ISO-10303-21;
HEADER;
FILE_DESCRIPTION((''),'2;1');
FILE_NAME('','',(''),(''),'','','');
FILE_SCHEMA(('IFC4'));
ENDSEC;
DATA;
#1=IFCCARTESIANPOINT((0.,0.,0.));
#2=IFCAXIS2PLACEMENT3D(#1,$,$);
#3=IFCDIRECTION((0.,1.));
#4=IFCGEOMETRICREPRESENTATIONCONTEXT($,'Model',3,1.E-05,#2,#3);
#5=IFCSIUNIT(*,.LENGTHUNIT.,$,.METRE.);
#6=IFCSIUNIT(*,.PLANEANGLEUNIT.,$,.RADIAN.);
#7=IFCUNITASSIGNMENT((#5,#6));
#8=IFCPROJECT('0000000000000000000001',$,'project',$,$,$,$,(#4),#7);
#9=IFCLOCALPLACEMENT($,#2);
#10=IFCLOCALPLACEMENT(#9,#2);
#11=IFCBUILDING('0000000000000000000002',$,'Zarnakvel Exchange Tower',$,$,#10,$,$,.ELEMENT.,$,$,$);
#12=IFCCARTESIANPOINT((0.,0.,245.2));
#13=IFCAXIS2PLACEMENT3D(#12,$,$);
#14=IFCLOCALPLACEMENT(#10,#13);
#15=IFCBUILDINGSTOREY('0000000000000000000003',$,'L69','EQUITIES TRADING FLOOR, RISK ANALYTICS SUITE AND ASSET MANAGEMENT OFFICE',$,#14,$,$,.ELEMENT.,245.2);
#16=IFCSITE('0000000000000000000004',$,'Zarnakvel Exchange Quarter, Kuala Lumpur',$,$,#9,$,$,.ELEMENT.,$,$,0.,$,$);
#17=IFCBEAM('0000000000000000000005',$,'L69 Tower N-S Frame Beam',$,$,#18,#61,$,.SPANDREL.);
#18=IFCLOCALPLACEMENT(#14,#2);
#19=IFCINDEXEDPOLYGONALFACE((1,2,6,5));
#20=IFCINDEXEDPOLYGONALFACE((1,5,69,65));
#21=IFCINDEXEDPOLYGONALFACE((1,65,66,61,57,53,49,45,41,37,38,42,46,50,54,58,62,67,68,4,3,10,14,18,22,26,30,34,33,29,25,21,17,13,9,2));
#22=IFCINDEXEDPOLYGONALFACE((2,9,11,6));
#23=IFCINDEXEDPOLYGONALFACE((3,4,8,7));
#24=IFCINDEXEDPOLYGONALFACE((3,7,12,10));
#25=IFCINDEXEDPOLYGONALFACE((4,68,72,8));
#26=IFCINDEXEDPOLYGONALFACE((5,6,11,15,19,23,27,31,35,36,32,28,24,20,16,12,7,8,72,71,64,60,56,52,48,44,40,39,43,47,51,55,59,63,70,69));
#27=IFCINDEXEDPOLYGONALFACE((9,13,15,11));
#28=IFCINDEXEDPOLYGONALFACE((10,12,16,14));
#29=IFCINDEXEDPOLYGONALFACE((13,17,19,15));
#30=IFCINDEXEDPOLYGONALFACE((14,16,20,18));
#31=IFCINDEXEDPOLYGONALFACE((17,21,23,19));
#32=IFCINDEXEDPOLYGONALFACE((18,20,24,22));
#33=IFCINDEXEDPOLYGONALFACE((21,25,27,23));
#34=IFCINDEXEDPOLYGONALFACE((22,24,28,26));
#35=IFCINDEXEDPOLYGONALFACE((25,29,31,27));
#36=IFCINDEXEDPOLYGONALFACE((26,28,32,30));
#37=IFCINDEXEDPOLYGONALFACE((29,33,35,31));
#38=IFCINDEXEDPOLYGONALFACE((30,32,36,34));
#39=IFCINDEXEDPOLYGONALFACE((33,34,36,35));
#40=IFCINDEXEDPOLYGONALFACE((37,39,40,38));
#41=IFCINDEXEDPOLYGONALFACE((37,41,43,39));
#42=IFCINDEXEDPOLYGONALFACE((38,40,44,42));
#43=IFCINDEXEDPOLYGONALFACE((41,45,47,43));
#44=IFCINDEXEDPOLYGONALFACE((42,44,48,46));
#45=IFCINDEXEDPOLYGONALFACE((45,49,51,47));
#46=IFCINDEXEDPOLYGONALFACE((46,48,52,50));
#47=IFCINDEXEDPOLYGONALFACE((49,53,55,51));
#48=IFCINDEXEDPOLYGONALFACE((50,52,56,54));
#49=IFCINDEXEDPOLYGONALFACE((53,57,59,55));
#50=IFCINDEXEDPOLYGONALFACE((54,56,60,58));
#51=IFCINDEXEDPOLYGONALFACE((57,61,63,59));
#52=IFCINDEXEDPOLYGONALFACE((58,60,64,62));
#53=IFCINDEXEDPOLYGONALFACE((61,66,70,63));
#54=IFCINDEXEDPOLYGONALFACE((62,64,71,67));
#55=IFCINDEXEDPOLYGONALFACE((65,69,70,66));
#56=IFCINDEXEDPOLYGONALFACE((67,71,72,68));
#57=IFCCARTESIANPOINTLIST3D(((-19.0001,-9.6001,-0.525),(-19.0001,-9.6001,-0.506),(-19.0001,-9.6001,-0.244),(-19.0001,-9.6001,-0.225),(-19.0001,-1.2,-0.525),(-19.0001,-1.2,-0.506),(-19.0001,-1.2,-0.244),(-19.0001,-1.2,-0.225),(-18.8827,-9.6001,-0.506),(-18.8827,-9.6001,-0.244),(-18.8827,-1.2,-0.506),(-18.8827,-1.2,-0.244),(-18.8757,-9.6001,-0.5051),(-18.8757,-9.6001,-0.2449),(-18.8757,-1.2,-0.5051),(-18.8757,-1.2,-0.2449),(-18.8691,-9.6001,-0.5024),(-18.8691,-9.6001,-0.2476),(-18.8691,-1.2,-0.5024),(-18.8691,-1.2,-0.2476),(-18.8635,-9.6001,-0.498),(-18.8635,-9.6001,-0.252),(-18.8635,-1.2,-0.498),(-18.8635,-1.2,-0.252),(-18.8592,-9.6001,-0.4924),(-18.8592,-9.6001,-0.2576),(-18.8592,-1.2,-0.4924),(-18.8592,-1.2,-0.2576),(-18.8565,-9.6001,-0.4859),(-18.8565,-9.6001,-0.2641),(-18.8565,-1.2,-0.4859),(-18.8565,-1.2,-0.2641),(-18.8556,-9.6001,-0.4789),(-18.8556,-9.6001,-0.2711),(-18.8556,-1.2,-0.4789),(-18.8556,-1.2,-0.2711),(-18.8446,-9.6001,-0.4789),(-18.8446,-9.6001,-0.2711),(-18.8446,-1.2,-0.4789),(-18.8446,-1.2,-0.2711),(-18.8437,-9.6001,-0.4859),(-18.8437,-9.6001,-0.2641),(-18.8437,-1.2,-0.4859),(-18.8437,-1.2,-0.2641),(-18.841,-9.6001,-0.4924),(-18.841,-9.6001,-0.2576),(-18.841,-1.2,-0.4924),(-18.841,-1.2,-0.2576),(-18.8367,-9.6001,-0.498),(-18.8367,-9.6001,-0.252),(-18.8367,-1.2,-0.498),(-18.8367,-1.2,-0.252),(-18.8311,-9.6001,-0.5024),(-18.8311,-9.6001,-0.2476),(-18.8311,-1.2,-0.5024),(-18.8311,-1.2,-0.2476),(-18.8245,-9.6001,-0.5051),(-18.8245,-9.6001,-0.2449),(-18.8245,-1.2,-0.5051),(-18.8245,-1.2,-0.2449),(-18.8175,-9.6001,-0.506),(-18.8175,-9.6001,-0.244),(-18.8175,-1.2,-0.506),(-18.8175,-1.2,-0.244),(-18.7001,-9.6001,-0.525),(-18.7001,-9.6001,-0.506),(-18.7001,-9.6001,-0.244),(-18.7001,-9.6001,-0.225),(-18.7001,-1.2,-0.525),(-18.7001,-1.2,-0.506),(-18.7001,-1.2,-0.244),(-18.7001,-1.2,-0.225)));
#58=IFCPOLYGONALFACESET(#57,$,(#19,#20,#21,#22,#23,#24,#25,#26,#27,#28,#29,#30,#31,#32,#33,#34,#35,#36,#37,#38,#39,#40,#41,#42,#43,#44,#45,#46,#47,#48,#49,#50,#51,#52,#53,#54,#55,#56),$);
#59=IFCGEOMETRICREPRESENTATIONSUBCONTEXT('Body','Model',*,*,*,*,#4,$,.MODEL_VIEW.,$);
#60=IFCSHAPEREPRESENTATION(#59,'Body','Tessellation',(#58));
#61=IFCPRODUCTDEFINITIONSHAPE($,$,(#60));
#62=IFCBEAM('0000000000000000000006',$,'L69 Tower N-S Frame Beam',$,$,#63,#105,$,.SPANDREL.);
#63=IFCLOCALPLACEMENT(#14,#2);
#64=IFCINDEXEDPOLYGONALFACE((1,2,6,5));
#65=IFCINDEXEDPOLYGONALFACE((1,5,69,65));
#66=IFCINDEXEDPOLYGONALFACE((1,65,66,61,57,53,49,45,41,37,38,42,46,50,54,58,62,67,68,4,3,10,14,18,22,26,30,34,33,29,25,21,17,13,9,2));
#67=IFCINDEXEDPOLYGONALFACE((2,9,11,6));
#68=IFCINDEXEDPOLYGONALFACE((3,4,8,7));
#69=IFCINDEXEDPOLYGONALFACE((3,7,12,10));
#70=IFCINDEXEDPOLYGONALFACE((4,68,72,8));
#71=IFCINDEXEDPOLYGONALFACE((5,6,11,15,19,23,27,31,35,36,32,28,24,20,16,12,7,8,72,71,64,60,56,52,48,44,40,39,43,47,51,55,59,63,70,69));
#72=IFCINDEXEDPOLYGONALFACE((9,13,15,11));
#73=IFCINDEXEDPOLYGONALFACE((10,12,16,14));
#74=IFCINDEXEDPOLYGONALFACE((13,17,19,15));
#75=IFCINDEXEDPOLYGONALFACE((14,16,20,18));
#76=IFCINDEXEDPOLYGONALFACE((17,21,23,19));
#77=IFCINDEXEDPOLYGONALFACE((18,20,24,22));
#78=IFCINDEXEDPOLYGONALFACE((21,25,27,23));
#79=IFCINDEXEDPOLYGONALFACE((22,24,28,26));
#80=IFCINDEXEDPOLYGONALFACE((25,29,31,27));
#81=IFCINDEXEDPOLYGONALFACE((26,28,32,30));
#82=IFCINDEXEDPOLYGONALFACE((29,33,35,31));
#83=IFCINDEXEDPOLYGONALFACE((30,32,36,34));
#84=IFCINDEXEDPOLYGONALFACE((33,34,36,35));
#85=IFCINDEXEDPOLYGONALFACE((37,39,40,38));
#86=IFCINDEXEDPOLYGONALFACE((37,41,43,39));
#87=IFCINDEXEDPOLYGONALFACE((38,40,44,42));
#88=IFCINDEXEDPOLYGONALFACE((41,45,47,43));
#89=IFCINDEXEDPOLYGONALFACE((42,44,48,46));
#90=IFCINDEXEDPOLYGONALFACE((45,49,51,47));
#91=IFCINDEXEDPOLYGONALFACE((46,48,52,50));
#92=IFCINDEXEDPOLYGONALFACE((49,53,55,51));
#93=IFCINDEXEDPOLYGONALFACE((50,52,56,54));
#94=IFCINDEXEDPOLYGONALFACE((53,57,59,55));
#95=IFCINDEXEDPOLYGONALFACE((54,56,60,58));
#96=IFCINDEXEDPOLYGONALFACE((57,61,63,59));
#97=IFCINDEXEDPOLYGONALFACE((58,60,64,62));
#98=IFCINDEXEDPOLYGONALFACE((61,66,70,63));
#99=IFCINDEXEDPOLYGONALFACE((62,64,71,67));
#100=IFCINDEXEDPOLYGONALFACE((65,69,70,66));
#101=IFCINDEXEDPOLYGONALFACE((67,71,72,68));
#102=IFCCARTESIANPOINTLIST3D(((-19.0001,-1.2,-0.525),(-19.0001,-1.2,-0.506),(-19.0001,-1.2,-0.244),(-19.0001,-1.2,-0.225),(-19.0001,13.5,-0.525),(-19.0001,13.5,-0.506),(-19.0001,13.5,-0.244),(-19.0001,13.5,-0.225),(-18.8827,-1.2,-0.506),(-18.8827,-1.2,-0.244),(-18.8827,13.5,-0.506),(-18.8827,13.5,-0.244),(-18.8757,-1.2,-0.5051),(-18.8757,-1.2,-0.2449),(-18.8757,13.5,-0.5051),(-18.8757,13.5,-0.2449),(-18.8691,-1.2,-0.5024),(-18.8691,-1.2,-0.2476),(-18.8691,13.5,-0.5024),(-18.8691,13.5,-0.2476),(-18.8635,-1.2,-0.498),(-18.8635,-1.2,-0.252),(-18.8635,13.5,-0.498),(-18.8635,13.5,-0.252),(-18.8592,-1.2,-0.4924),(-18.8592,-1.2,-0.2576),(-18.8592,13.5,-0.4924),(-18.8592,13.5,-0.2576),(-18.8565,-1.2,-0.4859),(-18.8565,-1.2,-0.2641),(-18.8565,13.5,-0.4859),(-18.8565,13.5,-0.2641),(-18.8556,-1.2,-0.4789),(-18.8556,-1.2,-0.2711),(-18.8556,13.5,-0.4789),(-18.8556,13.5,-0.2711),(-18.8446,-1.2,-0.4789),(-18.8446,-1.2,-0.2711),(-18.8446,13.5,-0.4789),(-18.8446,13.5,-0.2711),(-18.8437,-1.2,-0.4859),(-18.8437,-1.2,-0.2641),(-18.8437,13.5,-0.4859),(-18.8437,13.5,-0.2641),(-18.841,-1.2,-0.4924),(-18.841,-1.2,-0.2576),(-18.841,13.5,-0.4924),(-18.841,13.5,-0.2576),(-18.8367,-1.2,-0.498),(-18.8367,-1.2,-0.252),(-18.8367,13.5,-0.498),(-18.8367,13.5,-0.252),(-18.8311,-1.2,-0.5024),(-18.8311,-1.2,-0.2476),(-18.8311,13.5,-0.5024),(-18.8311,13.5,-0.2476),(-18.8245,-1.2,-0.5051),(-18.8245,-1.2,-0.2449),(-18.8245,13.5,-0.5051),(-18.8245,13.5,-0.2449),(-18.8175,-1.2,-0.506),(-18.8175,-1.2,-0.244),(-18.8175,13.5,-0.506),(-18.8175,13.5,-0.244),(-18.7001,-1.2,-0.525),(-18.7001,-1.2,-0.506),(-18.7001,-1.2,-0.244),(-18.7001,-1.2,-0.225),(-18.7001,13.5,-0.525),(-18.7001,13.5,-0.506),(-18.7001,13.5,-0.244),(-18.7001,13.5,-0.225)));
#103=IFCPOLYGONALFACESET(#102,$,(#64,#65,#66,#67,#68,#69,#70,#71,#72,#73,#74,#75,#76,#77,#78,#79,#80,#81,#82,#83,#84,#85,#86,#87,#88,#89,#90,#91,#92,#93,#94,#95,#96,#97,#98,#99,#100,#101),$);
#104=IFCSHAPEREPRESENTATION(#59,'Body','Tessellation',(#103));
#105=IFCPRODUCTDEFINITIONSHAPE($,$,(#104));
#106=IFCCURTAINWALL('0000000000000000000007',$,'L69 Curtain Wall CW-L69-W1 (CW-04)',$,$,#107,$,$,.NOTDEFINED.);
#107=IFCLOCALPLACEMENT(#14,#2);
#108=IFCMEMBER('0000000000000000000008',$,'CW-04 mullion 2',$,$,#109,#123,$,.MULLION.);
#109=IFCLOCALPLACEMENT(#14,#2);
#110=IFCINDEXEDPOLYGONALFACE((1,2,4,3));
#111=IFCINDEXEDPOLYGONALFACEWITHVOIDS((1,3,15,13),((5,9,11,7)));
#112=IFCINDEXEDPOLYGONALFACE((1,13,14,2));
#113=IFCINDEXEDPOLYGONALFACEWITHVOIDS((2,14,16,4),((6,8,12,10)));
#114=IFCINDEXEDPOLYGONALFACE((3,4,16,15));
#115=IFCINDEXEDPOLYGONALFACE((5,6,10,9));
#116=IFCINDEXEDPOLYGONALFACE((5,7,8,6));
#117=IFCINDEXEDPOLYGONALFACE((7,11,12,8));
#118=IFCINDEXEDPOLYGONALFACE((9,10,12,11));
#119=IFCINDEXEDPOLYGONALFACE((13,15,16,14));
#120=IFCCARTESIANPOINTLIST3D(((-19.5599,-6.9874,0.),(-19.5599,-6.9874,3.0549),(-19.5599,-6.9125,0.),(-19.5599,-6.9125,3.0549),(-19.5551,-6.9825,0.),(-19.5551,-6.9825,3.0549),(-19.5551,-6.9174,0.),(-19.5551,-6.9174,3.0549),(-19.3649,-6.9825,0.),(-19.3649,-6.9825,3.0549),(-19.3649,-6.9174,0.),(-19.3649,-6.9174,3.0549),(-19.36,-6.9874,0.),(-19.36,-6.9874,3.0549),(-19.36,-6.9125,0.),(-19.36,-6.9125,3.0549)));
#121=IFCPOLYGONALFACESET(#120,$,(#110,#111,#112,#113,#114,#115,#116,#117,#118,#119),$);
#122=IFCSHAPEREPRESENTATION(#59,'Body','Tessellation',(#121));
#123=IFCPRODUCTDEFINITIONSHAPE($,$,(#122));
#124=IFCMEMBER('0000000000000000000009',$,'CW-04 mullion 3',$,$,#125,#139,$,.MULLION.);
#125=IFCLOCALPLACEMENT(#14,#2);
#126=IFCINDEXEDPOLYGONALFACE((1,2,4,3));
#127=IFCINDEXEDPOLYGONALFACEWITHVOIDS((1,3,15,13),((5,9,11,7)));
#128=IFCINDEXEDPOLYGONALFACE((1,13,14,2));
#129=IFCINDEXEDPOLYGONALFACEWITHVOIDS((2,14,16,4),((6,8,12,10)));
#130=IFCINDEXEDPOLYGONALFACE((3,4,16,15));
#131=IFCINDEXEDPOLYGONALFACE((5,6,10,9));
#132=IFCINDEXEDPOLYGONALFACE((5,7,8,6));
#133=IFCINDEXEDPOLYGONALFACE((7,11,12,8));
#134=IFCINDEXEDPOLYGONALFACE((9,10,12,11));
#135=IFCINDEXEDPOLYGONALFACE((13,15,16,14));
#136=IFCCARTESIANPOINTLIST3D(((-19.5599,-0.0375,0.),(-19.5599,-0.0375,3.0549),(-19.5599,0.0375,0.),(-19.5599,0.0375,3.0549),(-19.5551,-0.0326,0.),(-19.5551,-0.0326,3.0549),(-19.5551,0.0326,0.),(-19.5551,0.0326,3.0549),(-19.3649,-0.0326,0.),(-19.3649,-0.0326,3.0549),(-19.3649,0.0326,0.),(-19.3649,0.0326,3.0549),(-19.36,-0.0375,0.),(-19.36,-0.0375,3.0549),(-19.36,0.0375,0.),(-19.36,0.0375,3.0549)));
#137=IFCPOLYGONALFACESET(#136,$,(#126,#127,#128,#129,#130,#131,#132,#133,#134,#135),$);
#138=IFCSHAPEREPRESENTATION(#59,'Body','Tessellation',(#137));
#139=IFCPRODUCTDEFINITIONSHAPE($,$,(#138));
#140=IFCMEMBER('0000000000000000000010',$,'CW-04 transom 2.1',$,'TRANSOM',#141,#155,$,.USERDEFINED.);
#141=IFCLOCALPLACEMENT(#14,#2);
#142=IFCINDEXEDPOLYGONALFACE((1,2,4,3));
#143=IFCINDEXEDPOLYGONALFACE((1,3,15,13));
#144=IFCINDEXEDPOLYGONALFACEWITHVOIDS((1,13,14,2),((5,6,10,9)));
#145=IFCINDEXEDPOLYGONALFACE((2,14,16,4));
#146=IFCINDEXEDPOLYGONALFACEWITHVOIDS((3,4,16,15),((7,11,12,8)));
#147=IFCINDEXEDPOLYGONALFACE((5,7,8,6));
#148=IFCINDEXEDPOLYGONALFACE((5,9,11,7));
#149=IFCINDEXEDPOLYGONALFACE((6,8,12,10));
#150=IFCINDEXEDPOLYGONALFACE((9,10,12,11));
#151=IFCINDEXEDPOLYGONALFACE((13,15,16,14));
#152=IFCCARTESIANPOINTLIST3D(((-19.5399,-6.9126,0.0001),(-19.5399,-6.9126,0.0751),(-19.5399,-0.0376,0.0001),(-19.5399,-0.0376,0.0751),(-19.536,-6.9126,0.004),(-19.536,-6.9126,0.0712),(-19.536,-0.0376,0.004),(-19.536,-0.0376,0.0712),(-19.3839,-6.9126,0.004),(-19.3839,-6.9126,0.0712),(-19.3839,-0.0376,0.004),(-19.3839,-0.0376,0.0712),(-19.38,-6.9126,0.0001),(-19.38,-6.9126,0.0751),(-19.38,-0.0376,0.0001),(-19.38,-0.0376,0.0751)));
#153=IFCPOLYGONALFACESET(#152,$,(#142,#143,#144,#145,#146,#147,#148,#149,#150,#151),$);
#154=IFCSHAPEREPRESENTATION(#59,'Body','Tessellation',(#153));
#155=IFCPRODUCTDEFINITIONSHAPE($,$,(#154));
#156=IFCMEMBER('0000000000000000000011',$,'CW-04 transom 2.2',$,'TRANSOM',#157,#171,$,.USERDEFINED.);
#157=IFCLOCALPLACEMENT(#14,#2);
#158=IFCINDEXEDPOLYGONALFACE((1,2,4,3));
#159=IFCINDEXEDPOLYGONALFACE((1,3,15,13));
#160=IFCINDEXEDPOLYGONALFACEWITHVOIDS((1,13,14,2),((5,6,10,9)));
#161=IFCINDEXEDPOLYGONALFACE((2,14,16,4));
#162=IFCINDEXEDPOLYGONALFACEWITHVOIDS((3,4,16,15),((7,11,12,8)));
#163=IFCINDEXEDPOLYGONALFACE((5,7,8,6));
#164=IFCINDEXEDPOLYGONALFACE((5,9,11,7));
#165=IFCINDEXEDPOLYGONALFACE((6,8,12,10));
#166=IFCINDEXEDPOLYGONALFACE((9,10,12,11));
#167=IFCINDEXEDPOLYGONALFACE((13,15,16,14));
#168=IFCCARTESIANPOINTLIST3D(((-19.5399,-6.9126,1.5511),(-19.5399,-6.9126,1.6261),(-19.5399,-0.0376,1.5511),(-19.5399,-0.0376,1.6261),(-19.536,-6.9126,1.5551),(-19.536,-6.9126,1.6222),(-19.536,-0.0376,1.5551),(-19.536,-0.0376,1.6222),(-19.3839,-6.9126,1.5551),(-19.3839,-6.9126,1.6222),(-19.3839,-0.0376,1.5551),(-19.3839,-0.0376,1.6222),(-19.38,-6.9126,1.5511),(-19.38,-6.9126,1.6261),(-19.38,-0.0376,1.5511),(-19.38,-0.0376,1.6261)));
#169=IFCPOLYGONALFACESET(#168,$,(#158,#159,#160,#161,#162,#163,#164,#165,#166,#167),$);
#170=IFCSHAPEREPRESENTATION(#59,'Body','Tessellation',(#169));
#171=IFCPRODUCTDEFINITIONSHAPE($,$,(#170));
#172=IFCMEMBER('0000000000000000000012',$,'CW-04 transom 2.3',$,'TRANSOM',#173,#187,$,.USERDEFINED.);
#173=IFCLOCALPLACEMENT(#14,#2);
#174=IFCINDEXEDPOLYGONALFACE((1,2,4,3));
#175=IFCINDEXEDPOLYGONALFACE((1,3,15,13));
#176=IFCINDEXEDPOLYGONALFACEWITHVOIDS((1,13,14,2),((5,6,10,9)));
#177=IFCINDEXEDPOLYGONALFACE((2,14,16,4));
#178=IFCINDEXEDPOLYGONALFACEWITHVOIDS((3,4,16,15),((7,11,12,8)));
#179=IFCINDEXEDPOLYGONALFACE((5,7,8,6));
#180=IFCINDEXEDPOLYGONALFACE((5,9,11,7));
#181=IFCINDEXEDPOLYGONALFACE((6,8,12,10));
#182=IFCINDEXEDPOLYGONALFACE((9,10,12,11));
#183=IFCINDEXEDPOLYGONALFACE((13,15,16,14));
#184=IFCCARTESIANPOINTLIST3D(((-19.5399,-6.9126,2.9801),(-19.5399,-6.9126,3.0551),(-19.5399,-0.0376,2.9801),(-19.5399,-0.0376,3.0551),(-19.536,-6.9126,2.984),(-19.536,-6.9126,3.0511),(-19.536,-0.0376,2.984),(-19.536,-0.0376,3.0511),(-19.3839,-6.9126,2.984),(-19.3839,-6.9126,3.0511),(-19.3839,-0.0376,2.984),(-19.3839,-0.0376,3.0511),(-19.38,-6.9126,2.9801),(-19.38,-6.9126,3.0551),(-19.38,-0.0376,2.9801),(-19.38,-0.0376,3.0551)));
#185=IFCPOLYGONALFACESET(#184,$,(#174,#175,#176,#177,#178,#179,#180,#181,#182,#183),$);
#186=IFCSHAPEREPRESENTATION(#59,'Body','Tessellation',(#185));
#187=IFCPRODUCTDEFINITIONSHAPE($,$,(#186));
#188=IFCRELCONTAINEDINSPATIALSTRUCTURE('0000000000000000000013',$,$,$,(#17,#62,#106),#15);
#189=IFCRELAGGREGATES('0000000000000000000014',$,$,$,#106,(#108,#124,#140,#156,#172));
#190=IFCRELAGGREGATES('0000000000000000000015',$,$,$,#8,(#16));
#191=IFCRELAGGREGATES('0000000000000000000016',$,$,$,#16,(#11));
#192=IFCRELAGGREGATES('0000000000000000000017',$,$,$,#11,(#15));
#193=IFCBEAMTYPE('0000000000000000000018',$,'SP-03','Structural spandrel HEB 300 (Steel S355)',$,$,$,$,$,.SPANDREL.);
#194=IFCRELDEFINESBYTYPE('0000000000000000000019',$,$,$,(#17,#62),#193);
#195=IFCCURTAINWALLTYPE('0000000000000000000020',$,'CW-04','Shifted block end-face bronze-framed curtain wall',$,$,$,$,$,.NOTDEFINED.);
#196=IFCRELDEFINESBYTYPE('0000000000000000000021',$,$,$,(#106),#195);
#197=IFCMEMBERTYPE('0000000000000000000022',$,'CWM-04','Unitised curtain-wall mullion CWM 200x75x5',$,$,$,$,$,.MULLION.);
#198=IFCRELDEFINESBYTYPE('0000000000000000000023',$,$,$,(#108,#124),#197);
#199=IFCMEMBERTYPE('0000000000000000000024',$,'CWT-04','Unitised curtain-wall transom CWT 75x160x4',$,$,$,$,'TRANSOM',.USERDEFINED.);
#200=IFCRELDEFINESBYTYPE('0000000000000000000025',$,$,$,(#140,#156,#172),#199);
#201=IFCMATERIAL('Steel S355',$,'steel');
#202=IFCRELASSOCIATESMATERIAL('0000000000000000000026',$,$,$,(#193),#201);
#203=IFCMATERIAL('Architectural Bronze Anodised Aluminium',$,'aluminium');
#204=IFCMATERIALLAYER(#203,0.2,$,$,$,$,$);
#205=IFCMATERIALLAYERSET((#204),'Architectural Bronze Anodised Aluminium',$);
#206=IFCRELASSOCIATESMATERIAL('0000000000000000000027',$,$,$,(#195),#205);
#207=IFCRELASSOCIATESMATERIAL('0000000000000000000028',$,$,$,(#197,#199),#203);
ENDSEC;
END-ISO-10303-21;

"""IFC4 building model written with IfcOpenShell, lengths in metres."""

from ifc_helpers import new_model, si_unit, direction, frame, origin, origin_2d, place, context, subcontext, project, spatial, hollow_rectangle, i_section, extrude, source, transform, mapped, material, layer, layer_set, material_profile, profile_set, type_object, element, aggregate, save


model = new_model("IFC4")

# Units and contexts
model_context = context("Model", 3, precision=1e-05, world=origin(), true_north=direction((0.0, 1.0)))
body_context = subcontext(model_context, "Body", "Model", "MODEL_VIEW")
ifc_project = project(units=[si_unit("LENGTHUNIT", "METRE"), si_unit("PLANEANGLEUNIT", "RADIAN")], contexts=[model_context])

# Site, building, storey
site_placement = place(None, origin())
site = spatial("IfcSite", under=ifc_project, at=site_placement, Name="Zarnakvel Exchange Quarter, Kuala Lumpur", CompositionType="ELEMENT", RefElevation=0.0)
building_placement = place(site_placement, origin())
building = spatial("IfcBuilding", under=site, at=building_placement, Name="Zarnakvel Exchange Tower", CompositionType="ELEMENT")
storey_placement = place(building_placement, frame((0.0, 0.0, 245.2)))
storey = spatial("IfcBuildingStorey", under=building, at=storey_placement, Name="L69", Description="EQUITIES TRADING FLOOR, RISK ANALYTICS SUITE AND ASSET MANAGEMENT OFFICE", CompositionType="ELEMENT", Elevation=245.2)

# Shared definitions
ifc_material_1 = material(Name="Steel S355", Category="steel")

# Beams
ifc_material_profile_1 = material_profile(ifc_material_1, i_section(OverallWidth=0.3, OverallDepth=0.3, WebThickness=0.011, FlangeThickness=0.019, FilletRadius=0.0271, at=origin_2d()))
ifc_profile_set_1 = profile_set([ifc_material_profile_1], Name="Steel S355")
beam_type_1 = type_object("IfcBeamType", Name="SP-03", Description="Structural spandrel HEB 300 (Steel S355)", PredefinedType="SPANDREL", material=ifc_profile_set_1)
beam_1_placement = place(storey_placement, frame((-18.8501, -9.6001, -0.375), z_axis=(0.0, 1.0, 0.0), x_axis=(-1.0, 0.0, 0.0)))
element("IfcBeam", 1, at=beam_1_placement, inside=storey, type_object=beam_type_1, Name="L69 Tower N-S Frame Beam", PredefinedType="SPANDREL", context=body_context, shape_type="SweptSolid", body=[
    extrude(i_section(OverallWidth=0.3, OverallDepth=0.3, WebThickness=0.011, FlangeThickness=0.019, FilletRadius=0.0271, at=origin_2d()), origin(), (0.0, 0.0, 1.0), 8.4001),
])
beam_2_placement = place(storey_placement, frame((-18.8501, -1.2, -0.375), z_axis=(0.0, 1.0, 0.0), x_axis=(-1.0, 0.0, 0.0)))
element("IfcBeam", 2, at=beam_2_placement, inside=storey, type_object=beam_type_1, Name="L69 Tower N-S Frame Beam", PredefinedType="SPANDREL", context=body_context, shape_type="SweptSolid", body=[
    extrude(i_section(OverallWidth=0.3, OverallDepth=0.3, WebThickness=0.011, FlangeThickness=0.019, FilletRadius=0.0271, at=origin_2d()), origin(), (0.0, 0.0, 1.0), 14.7),
])

# Curtain wall, members
ifc_material_2 = material(Name="Architectural Bronze Anodised Aluminium", Category="aluminium")
ifc_layer_1 = layer(ifc_material_2, 0.2)
ifc_layer_set_1 = layer_set([ifc_layer_1], Name="Architectural Bronze Anodised Aluminium")
curtain_wall_type = type_object("IfcCurtainWallType", Name="CW-04", Description="Shifted block end-face bronze-framed curtain wall", PredefinedType="NOTDEFINED", material=ifc_layer_set_1)
curtain_wall_placement = place(storey_placement, origin())
curtain_wall = element("IfcCurtainWall", 3, at=curtain_wall_placement, inside=storey, type_object=curtain_wall_type, Name="L69 Curtain Wall CW-L69-W1 (CW-04)", PredefinedType="NOTDEFINED")
ifc_material_profile_2 = material_profile(ifc_material_2, hollow_rectangle(XDim=0.2, YDim=0.075, WallThickness=0.0049, at=origin_2d()))
ifc_profile_set_2 = profile_set([ifc_material_profile_2], Name="Architectural Bronze Anodised Aluminium")
member_type_1 = type_object("IfcMemberType", Name="CWM-04", Description="Unitised curtain-wall mullion CWM 200x75x5", PredefinedType="MULLION", material=ifc_profile_set_2)
shared_shape_1 = source(origin(), body_context, "Body", "SweptSolid", [
    extrude(hollow_rectangle(XDim=0.2, YDim=0.075, WallThickness=0.0049, at=origin_2d()), origin(), (0.0, 0.0, 1.0), 3.0549),
])
member_1_placement = place(storey_placement, frame((-19.46, -6.95, 0.0), z_axis=(0.0, 0.0, 1.0), x_axis=(-1.0, 0.0, 0.0)))
member_1 = element("IfcMember", 4, at=member_1_placement, type_object=member_type_1, Name="CW-04 mullion 2", PredefinedType="MULLION", context=body_context, shape_type="MappedRepresentation", body=[
    mapped(shared_shape_1, transform((0.0, 0.0, 0.0), x_axis=(1.0, 0.0, 0.0), y_axis=(0.0, 1.0, 0.0), z_axis=(0.0, 0.0, 1.0), scale=1.0)),
])
member_2_placement = place(storey_placement, frame((-19.46, 0.0, 0.0), z_axis=(0.0, 0.0, 1.0), x_axis=(-1.0, 0.0, 0.0)))
member_2 = element("IfcMember", 5, at=member_2_placement, type_object=member_type_1, Name="CW-04 mullion 3", PredefinedType="MULLION", context=body_context, shape_type="MappedRepresentation", body=[
    mapped(shared_shape_1, transform((0.0, 0.0, 0.0), x_axis=(1.0, 0.0, 0.0), y_axis=(0.0, 1.0, 0.0), z_axis=(0.0, 0.0, 1.0), scale=1.0)),
])
ifc_material_profile_3 = material_profile(ifc_material_2, hollow_rectangle(XDim=0.1599, YDim=0.075, WallThickness=0.0039, at=origin_2d()))
ifc_profile_set_3 = profile_set([ifc_material_profile_3], Name="Architectural Bronze Anodised Aluminium")
member_type_2 = type_object("IfcMemberType", Name="CWT-04", Description="Unitised curtain-wall transom CWT 75x160x4", ElementType="TRANSOM", PredefinedType="USERDEFINED", material=ifc_profile_set_3)
shared_shape_2 = source(origin(), body_context, "Body", "SweptSolid", [
    extrude(hollow_rectangle(XDim=0.1599, YDim=0.075, WallThickness=0.0039, at=origin_2d()), origin(), (0.0, 0.0, 1.0), 6.875),
])
member_3_placement = place(storey_placement, frame((-19.46, -6.9126, 0.0376), z_axis=(0.0, 1.0, 0.0), x_axis=(-1.0, 0.0, 0.0)))
member_3 = element("IfcMember", 6, at=member_3_placement, type_object=member_type_2, Name="CW-04 transom 2.1", ObjectType="TRANSOM", PredefinedType="USERDEFINED", context=body_context, shape_type="MappedRepresentation", body=[
    mapped(shared_shape_2, transform((0.0, 0.0, 0.0), x_axis=(1.0, 0.0, 0.0), y_axis=(0.0, 1.0, 0.0), z_axis=(0.0, 0.0, 1.0), scale=1.0)),
])
member_4_placement = place(storey_placement, frame((-19.46, -6.9126, 1.5886), z_axis=(0.0, 1.0, 0.0), x_axis=(-1.0, 0.0, 0.0)))
member_4 = element("IfcMember", 7, at=member_4_placement, type_object=member_type_2, Name="CW-04 transom 2.2", ObjectType="TRANSOM", PredefinedType="USERDEFINED", context=body_context, shape_type="MappedRepresentation", body=[
    mapped(shared_shape_2, transform((0.0, 0.0, 0.0), x_axis=(1.0, 0.0, 0.0), y_axis=(0.0, 1.0, 0.0), z_axis=(0.0, 0.0, 1.0), scale=1.0)),
])
member_5_placement = place(storey_placement, frame((-19.46, -6.9126, 3.0176), z_axis=(0.0, 1.0, 0.0), x_axis=(-1.0, 0.0, 0.0)))
member_5 = element("IfcMember", 8, at=member_5_placement, type_object=member_type_2, Name="CW-04 transom 2.3", ObjectType="TRANSOM", PredefinedType="USERDEFINED", context=body_context, shape_type="MappedRepresentation", body=[
    mapped(shared_shape_2, transform((0.0, 0.0, 0.0), x_axis=(1.0, 0.0, 0.0), y_axis=(0.0, 1.0, 0.0), z_axis=(0.0, 0.0, 1.0), scale=1.0)),
])
aggregate(curtain_wall, [member_1, member_2, member_3, member_4, member_5])

save(model, "model.ifc")
